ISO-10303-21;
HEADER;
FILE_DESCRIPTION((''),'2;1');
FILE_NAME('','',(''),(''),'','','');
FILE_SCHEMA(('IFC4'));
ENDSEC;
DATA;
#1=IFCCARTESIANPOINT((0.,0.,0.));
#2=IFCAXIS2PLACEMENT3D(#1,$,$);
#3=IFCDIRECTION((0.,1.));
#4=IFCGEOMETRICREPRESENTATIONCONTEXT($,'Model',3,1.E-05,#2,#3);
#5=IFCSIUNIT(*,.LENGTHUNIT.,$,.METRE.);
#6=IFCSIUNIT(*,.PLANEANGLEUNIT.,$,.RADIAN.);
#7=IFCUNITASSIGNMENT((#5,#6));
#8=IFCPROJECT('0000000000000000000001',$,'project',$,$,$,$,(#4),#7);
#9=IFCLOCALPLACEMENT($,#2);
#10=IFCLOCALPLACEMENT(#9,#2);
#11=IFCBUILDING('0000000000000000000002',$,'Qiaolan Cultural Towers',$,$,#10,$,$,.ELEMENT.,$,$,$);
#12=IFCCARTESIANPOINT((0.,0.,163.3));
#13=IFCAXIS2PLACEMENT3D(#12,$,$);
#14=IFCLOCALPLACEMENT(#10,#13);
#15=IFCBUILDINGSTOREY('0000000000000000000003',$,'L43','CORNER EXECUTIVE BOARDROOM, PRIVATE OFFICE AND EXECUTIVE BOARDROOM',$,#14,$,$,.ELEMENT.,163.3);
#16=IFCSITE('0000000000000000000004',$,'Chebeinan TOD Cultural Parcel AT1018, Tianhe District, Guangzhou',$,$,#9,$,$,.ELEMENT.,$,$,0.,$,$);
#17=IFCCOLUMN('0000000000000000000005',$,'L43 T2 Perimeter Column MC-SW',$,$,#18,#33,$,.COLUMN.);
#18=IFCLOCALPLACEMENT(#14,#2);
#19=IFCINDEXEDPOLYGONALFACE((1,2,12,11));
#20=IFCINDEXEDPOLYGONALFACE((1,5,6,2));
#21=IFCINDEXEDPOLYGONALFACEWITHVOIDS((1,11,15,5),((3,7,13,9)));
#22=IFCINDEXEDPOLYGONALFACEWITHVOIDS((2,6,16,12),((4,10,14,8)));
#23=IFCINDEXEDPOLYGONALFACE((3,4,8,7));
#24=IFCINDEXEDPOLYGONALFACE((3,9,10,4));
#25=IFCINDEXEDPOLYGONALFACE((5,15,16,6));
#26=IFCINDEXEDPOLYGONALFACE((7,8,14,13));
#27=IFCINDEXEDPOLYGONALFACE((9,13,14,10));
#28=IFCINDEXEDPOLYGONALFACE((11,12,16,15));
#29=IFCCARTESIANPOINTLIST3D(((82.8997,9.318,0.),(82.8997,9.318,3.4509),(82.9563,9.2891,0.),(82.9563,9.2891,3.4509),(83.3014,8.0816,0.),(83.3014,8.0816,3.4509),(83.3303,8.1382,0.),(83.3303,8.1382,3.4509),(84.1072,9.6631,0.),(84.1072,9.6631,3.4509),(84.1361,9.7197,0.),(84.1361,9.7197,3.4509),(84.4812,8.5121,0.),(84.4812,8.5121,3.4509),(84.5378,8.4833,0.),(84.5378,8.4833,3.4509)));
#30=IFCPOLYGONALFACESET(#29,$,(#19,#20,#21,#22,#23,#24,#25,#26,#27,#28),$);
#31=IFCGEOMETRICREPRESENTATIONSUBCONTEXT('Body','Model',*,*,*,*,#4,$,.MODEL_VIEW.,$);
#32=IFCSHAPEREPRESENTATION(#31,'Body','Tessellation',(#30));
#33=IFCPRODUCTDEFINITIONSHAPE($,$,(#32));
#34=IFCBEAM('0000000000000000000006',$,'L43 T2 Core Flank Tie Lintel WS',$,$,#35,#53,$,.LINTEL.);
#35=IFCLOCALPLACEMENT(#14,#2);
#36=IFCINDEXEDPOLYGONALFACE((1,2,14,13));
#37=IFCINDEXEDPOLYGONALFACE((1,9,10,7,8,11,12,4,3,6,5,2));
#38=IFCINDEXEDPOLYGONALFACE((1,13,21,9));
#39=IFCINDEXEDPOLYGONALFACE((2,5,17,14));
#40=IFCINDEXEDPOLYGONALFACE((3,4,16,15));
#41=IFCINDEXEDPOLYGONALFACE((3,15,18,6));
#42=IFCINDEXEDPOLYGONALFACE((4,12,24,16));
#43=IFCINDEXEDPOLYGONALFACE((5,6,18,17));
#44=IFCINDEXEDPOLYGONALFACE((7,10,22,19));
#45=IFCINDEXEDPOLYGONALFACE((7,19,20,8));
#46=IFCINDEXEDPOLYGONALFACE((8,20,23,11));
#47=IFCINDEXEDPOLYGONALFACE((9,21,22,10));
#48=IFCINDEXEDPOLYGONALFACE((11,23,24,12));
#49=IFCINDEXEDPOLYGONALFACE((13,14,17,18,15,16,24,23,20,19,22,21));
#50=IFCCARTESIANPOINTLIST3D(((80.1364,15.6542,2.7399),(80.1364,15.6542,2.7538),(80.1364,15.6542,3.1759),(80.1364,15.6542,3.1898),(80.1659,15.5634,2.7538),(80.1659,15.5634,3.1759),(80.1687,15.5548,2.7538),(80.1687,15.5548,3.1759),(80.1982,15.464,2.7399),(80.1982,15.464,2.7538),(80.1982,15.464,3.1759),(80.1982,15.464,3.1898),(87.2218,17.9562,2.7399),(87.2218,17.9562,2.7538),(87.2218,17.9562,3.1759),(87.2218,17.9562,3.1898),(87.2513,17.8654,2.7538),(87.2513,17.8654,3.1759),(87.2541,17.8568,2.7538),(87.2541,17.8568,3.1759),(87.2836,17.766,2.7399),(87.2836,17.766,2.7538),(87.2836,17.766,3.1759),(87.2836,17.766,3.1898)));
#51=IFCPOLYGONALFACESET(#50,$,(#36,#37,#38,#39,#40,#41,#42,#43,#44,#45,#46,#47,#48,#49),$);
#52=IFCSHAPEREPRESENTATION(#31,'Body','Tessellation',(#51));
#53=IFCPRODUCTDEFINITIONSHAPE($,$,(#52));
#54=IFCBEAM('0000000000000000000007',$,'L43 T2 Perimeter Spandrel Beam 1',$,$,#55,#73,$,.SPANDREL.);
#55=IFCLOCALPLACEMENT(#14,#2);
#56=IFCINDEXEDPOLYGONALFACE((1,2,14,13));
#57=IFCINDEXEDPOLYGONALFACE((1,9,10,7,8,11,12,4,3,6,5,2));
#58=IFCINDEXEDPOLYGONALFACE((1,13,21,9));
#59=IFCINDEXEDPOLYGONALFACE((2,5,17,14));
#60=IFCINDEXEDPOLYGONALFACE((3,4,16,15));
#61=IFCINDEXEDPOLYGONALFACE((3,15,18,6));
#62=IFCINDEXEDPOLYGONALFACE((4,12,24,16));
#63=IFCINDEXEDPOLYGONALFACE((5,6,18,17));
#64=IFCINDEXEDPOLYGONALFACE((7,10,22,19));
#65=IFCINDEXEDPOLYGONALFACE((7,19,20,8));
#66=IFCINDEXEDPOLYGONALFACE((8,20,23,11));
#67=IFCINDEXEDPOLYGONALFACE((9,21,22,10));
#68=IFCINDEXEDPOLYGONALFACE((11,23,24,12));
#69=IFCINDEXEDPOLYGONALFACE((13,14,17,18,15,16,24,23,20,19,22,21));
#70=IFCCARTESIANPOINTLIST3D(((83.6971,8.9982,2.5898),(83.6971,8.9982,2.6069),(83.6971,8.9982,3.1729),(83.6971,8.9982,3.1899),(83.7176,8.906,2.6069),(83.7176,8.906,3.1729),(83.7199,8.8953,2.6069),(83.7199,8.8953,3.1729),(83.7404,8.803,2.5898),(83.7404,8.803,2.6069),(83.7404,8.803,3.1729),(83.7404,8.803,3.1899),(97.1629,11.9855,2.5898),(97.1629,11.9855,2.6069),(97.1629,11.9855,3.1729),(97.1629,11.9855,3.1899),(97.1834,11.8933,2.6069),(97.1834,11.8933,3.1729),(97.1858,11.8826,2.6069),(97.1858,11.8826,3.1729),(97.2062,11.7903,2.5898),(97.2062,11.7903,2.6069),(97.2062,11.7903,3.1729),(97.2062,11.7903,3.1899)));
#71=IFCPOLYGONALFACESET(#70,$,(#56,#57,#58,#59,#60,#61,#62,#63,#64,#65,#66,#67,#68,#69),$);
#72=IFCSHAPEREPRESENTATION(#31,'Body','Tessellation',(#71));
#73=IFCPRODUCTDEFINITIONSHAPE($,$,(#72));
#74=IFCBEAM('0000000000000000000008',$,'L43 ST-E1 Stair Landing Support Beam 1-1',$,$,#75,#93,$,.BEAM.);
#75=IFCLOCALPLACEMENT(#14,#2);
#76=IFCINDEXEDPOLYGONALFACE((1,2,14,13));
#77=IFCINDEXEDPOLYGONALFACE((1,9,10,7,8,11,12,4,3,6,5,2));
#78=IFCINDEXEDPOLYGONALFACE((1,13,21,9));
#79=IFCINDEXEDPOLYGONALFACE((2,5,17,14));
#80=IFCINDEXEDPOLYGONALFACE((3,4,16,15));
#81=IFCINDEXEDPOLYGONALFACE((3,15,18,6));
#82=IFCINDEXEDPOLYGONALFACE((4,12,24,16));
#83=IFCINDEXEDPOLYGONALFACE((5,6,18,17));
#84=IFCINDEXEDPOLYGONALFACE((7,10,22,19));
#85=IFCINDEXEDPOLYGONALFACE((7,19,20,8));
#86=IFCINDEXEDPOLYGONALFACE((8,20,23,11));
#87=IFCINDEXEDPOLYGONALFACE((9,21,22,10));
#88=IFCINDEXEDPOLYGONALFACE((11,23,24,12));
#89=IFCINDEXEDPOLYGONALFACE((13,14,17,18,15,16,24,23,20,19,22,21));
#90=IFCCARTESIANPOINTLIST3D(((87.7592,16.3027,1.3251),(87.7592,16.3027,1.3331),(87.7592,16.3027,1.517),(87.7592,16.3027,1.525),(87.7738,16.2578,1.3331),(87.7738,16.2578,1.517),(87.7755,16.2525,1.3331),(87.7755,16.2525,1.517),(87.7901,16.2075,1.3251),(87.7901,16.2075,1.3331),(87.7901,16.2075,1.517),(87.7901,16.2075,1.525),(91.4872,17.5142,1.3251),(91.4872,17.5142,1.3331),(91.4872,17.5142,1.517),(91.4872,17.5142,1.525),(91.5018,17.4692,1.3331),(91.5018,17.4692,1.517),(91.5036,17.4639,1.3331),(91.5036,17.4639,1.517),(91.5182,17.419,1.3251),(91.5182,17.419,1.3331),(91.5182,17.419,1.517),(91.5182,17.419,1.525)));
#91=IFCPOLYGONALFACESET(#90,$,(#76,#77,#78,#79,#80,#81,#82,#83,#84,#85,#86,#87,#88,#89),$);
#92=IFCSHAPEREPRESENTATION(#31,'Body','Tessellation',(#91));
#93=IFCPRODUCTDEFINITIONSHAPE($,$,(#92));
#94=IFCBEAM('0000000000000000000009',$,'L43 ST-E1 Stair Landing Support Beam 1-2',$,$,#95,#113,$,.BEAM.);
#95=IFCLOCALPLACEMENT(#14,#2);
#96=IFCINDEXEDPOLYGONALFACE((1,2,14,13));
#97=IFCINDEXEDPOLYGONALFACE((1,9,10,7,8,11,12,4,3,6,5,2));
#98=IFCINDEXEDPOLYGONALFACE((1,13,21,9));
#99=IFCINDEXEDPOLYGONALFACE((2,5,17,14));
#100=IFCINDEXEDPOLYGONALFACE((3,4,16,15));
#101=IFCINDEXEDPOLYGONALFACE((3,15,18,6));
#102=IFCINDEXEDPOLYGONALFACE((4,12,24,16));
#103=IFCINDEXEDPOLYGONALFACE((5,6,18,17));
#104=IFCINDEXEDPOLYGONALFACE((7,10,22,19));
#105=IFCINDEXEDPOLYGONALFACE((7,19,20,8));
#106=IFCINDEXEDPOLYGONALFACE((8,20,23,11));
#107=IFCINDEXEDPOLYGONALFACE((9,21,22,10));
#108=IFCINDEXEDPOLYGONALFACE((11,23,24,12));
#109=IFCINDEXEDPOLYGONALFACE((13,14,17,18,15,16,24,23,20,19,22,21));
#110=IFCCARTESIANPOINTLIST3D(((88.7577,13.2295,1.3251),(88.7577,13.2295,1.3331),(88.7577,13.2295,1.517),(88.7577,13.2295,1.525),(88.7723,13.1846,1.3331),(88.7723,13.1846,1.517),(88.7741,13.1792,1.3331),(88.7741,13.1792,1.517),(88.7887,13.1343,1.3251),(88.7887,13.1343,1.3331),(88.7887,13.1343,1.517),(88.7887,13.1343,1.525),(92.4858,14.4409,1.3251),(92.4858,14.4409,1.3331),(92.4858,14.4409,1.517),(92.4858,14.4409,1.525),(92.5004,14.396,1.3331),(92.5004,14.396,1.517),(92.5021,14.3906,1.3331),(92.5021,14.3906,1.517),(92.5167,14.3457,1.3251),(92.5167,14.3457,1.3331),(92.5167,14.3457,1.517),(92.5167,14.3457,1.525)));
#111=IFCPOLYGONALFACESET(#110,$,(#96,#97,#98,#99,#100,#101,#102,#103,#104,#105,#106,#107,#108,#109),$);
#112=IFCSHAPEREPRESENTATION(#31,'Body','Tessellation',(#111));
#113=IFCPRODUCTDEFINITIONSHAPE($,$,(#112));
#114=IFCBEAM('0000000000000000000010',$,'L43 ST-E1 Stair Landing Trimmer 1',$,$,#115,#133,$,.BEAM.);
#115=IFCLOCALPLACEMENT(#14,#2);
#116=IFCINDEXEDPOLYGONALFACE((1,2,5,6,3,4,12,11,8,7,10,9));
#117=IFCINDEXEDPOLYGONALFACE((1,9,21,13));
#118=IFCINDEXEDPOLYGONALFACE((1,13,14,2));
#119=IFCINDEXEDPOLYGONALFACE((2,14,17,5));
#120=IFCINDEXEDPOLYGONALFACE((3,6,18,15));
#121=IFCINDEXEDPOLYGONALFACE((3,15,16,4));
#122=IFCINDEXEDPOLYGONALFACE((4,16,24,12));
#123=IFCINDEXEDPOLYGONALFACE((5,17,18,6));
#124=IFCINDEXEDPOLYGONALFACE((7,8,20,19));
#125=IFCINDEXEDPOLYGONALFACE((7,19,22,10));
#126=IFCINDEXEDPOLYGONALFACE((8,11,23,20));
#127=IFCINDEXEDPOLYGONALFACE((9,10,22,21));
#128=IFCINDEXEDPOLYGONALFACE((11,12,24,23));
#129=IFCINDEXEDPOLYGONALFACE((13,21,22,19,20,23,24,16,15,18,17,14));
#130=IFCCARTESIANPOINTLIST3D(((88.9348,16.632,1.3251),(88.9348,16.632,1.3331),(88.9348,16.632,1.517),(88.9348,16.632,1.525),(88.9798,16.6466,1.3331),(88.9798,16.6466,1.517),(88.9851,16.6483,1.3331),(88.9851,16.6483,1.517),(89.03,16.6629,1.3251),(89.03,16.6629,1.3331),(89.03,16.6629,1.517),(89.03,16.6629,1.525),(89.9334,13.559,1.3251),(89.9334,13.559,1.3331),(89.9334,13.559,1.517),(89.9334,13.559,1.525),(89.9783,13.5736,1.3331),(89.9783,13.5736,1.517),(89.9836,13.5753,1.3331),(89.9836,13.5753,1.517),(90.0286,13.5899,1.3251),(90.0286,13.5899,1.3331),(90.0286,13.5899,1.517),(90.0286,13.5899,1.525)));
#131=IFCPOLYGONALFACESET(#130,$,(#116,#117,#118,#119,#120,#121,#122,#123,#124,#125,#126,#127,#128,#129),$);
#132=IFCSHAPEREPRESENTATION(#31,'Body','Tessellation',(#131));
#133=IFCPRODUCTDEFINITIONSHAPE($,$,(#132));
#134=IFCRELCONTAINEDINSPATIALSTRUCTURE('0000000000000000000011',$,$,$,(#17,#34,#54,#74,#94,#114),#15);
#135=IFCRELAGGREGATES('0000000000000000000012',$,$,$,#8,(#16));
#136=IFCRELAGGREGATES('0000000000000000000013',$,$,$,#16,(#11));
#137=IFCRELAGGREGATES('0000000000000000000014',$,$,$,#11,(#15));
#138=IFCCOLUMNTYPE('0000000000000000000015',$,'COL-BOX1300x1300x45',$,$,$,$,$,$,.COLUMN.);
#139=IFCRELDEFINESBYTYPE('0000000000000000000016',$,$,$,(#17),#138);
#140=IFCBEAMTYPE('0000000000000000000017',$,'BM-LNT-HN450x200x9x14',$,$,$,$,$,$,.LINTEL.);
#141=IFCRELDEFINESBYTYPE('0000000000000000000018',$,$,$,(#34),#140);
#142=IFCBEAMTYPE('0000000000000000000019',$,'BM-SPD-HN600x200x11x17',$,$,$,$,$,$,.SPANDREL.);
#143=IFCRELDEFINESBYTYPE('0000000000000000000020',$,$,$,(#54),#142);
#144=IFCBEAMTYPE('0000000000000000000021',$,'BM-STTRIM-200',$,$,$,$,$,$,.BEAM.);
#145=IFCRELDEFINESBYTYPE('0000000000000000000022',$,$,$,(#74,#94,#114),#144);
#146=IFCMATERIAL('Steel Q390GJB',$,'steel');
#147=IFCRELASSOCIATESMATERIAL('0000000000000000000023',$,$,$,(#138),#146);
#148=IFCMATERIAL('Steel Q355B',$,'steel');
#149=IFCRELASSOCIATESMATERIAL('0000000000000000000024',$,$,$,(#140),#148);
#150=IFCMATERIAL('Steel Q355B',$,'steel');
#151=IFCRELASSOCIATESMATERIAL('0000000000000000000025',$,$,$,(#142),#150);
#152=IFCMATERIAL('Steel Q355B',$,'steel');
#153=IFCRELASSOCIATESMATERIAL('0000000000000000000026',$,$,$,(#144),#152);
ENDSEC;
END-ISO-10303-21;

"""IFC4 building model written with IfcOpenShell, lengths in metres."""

from ifc_helpers import new_model, si_unit, direction, frame, origin, origin_2d, place, context, subcontext, project, spatial, hollow_rectangle, i_section, extrude, material, material_profile, profile_set, type_object, element, save


model = new_model("IFC4")

# Units and contexts
model_context = context("Model", 3, precision=1e-05, world=origin(), true_north=direction((0.0, 1.0)))
body_context = subcontext(model_context, "Body", "Model", "MODEL_VIEW")
ifc_project = project(units=[si_unit("LENGTHUNIT", "METRE"), si_unit("PLANEANGLEUNIT", "RADIAN")], contexts=[model_context])

# Site, building, storey
site_placement = place(None, origin())
site = spatial("IfcSite", under=ifc_project, at=site_placement, Name="Chebeinan TOD Cultural Parcel AT1018, Tianhe District, Guangzhou", CompositionType="ELEMENT", RefElevation=0.0)
building_placement = place(site_placement, origin())
building = spatial("IfcBuilding", under=site, at=building_placement, Name="Qiaolan Cultural Towers", CompositionType="ELEMENT")
storey_placement = place(building_placement, frame((0.0, 0.0, 163.3)))
storey = spatial("IfcBuildingStorey", under=building, at=storey_placement, Name="L43", Description="CORNER EXECUTIVE BOARDROOM, PRIVATE OFFICE AND EXECUTIVE BOARDROOM", CompositionType="ELEMENT", Elevation=163.3)

# Column
ifc_material_1 = material(Name="Steel Q390GJB", Category="steel")
ifc_material_profile_1 = material_profile(ifc_material_1, hollow_rectangle(XDim=1.3, YDim=1.3, WallThickness=0.0449, at=origin_2d()), Name="BOX1300x1300x45")
ifc_profile_set_1 = profile_set([ifc_material_profile_1], Name="Steel Q390GJB")
column_type = type_object("IfcColumnType", Name="COL-BOX1300x1300x45", PredefinedType="COLUMN", material=ifc_profile_set_1)
column_placement = place(storey_placement, frame((83.7188, 8.9006, 0.0), z_axis=(0.0, 0.0, 1.0), x_axis=(0.951057, 0.309017, 0.0)))
element("IfcColumn", 1, at=column_placement, inside=storey, type_object=column_type, Name="L43 T2 Perimeter Column MC-SW", PredefinedType="COLUMN", context=body_context, shape_type="SweptSolid", body=[
    extrude(hollow_rectangle(XDim=1.3, YDim=1.3, WallThickness=0.0449, at=origin_2d()), origin(), (0.0, 0.0, 1.0), 3.4509),
])

# Beams
ifc_material_2 = material(Name="Steel Q355B", Category="steel")
ifc_material_profile_2 = material_profile(ifc_material_2, i_section(OverallWidth=0.2, OverallDepth=0.45, WebThickness=0.009, FlangeThickness=0.0139, at=origin_2d()), Name="HN450x200x9x14")
ifc_profile_set_2 = profile_set([ifc_material_profile_2], Name="Steel Q355B")
beam_type_1 = type_object("IfcBeamType", Name="BM-LNT-HN450x200x9x14", PredefinedType="LINTEL", material=ifc_profile_set_2)
beam_1_placement = place(storey_placement, frame((87.2527, 17.8611, 2.9648), z_axis=(-0.951064, -0.308993, 0.0), x_axis=(0.308993, -0.951064, 0.0)))
element("IfcBeam", 2, at=beam_1_placement, inside=storey, type_object=beam_type_1, Name="L43 T2 Core Flank Tie Lintel WS", PredefinedType="LINTEL", context=body_context, shape_type="SweptSolid", body=[
    extrude(i_section(OverallWidth=0.2, OverallDepth=0.45, WebThickness=0.009, FlangeThickness=0.0139, at=origin_2d()), origin(), (0.0, 0.0, 1.0), 7.45),
])
ifc_material_3 = material(Name="Steel Q355B", Category="steel")
ifc_material_profile_3 = material_profile(ifc_material_3, i_section(OverallWidth=0.2, OverallDepth=0.6001, WebThickness=0.011, FlangeThickness=0.0171, at=origin_2d()), Name="HN600x200x11x17")
ifc_profile_set_3 = profile_set([ifc_material_profile_3], Name="Steel Q355B")
beam_type_2 = type_object("IfcBeamType", Name="BM-SPD-HN600x200x11x17", PredefinedType="SPANDREL", material=ifc_profile_set_3)
beam_2_placement = place(storey_placement, frame((83.7188, 8.9006, 2.8899), z_axis=(0.976265, 0.216578, 0.0), x_axis=(-0.216578, 0.976265, 0.0)))
element("IfcBeam", 3, at=beam_2_placement, inside=storey, type_object=beam_type_2, Name="L43 T2 Perimeter Spandrel Beam 1", PredefinedType="SPANDREL", context=body_context, shape_type="SweptSolid", body=[
    extrude(i_section(OverallWidth=0.2, OverallDepth=0.6001, WebThickness=0.011, FlangeThickness=0.0171, at=origin_2d()), origin(), (0.0, 0.0, 1.0), 13.7932),
])
ifc_material_4 = material(Name="Steel Q355B", Category="steel")
ifc_material_profile_4 = material_profile(ifc_material_4, i_section(OverallWidth=0.1001, OverallDepth=0.2, WebThickness=0.0056, FlangeThickness=0.0081, at=origin_2d()), Name="HN200x100x5.5x8")
ifc_profile_set_4 = profile_set([ifc_material_profile_4], Name="Steel Q355B")
beam_type_3 = type_object("IfcBeamType", Name="BM-STTRIM-200", PredefinedType="BEAM", material=ifc_profile_set_4)
for number, where, z_axis, x_axis, name in (
    (4, (87.7747, 16.2551, 1.425), (0.951048, 0.309044, 0.0), (-0.309044, 0.951048, 0.0), "L43 ST-E1 Stair Landing Support Beam 1-1"),
    (5, (88.7732, 13.1819, 1.425), (0.951048, 0.309044, 0.0), (-0.309044, 0.951048, 0.0), "L43 ST-E1 Stair Landing Support Beam 1-2"),
):
    element("IfcBeam", number, at=place(storey_placement, frame(where, z_axis=z_axis, x_axis=x_axis)), inside=storey, type_object=beam_type_3, Name=name, PredefinedType="BEAM", context=body_context, shape_type="SweptSolid", body=[
        extrude(i_section(OverallWidth=0.1001, OverallDepth=0.2, WebThickness=0.0056, FlangeThickness=0.0081, at=origin_2d()), origin(), (0.0, 0.0, 1.0), 3.9199),
    ])
beam_3_placement = place(storey_placement, frame((88.9824, 16.6475, 1.425), z_axis=(0.309033, -0.951051, 0.0), x_axis=(0.951051, 0.309033, 0.0)))
element("IfcBeam", 6, at=beam_3_placement, inside=storey, type_object=beam_type_3, Name="L43 ST-E1 Stair Landing Trimmer 1", PredefinedType="BEAM", context=body_context, shape_type="SweptSolid", body=[
    extrude(i_section(OverallWidth=0.1001, OverallDepth=0.2, WebThickness=0.0056, FlangeThickness=0.0081, at=origin_2d()), origin(), (0.0, 0.0, 1.0), 3.2312),
])

save(model, "model.ifc")
